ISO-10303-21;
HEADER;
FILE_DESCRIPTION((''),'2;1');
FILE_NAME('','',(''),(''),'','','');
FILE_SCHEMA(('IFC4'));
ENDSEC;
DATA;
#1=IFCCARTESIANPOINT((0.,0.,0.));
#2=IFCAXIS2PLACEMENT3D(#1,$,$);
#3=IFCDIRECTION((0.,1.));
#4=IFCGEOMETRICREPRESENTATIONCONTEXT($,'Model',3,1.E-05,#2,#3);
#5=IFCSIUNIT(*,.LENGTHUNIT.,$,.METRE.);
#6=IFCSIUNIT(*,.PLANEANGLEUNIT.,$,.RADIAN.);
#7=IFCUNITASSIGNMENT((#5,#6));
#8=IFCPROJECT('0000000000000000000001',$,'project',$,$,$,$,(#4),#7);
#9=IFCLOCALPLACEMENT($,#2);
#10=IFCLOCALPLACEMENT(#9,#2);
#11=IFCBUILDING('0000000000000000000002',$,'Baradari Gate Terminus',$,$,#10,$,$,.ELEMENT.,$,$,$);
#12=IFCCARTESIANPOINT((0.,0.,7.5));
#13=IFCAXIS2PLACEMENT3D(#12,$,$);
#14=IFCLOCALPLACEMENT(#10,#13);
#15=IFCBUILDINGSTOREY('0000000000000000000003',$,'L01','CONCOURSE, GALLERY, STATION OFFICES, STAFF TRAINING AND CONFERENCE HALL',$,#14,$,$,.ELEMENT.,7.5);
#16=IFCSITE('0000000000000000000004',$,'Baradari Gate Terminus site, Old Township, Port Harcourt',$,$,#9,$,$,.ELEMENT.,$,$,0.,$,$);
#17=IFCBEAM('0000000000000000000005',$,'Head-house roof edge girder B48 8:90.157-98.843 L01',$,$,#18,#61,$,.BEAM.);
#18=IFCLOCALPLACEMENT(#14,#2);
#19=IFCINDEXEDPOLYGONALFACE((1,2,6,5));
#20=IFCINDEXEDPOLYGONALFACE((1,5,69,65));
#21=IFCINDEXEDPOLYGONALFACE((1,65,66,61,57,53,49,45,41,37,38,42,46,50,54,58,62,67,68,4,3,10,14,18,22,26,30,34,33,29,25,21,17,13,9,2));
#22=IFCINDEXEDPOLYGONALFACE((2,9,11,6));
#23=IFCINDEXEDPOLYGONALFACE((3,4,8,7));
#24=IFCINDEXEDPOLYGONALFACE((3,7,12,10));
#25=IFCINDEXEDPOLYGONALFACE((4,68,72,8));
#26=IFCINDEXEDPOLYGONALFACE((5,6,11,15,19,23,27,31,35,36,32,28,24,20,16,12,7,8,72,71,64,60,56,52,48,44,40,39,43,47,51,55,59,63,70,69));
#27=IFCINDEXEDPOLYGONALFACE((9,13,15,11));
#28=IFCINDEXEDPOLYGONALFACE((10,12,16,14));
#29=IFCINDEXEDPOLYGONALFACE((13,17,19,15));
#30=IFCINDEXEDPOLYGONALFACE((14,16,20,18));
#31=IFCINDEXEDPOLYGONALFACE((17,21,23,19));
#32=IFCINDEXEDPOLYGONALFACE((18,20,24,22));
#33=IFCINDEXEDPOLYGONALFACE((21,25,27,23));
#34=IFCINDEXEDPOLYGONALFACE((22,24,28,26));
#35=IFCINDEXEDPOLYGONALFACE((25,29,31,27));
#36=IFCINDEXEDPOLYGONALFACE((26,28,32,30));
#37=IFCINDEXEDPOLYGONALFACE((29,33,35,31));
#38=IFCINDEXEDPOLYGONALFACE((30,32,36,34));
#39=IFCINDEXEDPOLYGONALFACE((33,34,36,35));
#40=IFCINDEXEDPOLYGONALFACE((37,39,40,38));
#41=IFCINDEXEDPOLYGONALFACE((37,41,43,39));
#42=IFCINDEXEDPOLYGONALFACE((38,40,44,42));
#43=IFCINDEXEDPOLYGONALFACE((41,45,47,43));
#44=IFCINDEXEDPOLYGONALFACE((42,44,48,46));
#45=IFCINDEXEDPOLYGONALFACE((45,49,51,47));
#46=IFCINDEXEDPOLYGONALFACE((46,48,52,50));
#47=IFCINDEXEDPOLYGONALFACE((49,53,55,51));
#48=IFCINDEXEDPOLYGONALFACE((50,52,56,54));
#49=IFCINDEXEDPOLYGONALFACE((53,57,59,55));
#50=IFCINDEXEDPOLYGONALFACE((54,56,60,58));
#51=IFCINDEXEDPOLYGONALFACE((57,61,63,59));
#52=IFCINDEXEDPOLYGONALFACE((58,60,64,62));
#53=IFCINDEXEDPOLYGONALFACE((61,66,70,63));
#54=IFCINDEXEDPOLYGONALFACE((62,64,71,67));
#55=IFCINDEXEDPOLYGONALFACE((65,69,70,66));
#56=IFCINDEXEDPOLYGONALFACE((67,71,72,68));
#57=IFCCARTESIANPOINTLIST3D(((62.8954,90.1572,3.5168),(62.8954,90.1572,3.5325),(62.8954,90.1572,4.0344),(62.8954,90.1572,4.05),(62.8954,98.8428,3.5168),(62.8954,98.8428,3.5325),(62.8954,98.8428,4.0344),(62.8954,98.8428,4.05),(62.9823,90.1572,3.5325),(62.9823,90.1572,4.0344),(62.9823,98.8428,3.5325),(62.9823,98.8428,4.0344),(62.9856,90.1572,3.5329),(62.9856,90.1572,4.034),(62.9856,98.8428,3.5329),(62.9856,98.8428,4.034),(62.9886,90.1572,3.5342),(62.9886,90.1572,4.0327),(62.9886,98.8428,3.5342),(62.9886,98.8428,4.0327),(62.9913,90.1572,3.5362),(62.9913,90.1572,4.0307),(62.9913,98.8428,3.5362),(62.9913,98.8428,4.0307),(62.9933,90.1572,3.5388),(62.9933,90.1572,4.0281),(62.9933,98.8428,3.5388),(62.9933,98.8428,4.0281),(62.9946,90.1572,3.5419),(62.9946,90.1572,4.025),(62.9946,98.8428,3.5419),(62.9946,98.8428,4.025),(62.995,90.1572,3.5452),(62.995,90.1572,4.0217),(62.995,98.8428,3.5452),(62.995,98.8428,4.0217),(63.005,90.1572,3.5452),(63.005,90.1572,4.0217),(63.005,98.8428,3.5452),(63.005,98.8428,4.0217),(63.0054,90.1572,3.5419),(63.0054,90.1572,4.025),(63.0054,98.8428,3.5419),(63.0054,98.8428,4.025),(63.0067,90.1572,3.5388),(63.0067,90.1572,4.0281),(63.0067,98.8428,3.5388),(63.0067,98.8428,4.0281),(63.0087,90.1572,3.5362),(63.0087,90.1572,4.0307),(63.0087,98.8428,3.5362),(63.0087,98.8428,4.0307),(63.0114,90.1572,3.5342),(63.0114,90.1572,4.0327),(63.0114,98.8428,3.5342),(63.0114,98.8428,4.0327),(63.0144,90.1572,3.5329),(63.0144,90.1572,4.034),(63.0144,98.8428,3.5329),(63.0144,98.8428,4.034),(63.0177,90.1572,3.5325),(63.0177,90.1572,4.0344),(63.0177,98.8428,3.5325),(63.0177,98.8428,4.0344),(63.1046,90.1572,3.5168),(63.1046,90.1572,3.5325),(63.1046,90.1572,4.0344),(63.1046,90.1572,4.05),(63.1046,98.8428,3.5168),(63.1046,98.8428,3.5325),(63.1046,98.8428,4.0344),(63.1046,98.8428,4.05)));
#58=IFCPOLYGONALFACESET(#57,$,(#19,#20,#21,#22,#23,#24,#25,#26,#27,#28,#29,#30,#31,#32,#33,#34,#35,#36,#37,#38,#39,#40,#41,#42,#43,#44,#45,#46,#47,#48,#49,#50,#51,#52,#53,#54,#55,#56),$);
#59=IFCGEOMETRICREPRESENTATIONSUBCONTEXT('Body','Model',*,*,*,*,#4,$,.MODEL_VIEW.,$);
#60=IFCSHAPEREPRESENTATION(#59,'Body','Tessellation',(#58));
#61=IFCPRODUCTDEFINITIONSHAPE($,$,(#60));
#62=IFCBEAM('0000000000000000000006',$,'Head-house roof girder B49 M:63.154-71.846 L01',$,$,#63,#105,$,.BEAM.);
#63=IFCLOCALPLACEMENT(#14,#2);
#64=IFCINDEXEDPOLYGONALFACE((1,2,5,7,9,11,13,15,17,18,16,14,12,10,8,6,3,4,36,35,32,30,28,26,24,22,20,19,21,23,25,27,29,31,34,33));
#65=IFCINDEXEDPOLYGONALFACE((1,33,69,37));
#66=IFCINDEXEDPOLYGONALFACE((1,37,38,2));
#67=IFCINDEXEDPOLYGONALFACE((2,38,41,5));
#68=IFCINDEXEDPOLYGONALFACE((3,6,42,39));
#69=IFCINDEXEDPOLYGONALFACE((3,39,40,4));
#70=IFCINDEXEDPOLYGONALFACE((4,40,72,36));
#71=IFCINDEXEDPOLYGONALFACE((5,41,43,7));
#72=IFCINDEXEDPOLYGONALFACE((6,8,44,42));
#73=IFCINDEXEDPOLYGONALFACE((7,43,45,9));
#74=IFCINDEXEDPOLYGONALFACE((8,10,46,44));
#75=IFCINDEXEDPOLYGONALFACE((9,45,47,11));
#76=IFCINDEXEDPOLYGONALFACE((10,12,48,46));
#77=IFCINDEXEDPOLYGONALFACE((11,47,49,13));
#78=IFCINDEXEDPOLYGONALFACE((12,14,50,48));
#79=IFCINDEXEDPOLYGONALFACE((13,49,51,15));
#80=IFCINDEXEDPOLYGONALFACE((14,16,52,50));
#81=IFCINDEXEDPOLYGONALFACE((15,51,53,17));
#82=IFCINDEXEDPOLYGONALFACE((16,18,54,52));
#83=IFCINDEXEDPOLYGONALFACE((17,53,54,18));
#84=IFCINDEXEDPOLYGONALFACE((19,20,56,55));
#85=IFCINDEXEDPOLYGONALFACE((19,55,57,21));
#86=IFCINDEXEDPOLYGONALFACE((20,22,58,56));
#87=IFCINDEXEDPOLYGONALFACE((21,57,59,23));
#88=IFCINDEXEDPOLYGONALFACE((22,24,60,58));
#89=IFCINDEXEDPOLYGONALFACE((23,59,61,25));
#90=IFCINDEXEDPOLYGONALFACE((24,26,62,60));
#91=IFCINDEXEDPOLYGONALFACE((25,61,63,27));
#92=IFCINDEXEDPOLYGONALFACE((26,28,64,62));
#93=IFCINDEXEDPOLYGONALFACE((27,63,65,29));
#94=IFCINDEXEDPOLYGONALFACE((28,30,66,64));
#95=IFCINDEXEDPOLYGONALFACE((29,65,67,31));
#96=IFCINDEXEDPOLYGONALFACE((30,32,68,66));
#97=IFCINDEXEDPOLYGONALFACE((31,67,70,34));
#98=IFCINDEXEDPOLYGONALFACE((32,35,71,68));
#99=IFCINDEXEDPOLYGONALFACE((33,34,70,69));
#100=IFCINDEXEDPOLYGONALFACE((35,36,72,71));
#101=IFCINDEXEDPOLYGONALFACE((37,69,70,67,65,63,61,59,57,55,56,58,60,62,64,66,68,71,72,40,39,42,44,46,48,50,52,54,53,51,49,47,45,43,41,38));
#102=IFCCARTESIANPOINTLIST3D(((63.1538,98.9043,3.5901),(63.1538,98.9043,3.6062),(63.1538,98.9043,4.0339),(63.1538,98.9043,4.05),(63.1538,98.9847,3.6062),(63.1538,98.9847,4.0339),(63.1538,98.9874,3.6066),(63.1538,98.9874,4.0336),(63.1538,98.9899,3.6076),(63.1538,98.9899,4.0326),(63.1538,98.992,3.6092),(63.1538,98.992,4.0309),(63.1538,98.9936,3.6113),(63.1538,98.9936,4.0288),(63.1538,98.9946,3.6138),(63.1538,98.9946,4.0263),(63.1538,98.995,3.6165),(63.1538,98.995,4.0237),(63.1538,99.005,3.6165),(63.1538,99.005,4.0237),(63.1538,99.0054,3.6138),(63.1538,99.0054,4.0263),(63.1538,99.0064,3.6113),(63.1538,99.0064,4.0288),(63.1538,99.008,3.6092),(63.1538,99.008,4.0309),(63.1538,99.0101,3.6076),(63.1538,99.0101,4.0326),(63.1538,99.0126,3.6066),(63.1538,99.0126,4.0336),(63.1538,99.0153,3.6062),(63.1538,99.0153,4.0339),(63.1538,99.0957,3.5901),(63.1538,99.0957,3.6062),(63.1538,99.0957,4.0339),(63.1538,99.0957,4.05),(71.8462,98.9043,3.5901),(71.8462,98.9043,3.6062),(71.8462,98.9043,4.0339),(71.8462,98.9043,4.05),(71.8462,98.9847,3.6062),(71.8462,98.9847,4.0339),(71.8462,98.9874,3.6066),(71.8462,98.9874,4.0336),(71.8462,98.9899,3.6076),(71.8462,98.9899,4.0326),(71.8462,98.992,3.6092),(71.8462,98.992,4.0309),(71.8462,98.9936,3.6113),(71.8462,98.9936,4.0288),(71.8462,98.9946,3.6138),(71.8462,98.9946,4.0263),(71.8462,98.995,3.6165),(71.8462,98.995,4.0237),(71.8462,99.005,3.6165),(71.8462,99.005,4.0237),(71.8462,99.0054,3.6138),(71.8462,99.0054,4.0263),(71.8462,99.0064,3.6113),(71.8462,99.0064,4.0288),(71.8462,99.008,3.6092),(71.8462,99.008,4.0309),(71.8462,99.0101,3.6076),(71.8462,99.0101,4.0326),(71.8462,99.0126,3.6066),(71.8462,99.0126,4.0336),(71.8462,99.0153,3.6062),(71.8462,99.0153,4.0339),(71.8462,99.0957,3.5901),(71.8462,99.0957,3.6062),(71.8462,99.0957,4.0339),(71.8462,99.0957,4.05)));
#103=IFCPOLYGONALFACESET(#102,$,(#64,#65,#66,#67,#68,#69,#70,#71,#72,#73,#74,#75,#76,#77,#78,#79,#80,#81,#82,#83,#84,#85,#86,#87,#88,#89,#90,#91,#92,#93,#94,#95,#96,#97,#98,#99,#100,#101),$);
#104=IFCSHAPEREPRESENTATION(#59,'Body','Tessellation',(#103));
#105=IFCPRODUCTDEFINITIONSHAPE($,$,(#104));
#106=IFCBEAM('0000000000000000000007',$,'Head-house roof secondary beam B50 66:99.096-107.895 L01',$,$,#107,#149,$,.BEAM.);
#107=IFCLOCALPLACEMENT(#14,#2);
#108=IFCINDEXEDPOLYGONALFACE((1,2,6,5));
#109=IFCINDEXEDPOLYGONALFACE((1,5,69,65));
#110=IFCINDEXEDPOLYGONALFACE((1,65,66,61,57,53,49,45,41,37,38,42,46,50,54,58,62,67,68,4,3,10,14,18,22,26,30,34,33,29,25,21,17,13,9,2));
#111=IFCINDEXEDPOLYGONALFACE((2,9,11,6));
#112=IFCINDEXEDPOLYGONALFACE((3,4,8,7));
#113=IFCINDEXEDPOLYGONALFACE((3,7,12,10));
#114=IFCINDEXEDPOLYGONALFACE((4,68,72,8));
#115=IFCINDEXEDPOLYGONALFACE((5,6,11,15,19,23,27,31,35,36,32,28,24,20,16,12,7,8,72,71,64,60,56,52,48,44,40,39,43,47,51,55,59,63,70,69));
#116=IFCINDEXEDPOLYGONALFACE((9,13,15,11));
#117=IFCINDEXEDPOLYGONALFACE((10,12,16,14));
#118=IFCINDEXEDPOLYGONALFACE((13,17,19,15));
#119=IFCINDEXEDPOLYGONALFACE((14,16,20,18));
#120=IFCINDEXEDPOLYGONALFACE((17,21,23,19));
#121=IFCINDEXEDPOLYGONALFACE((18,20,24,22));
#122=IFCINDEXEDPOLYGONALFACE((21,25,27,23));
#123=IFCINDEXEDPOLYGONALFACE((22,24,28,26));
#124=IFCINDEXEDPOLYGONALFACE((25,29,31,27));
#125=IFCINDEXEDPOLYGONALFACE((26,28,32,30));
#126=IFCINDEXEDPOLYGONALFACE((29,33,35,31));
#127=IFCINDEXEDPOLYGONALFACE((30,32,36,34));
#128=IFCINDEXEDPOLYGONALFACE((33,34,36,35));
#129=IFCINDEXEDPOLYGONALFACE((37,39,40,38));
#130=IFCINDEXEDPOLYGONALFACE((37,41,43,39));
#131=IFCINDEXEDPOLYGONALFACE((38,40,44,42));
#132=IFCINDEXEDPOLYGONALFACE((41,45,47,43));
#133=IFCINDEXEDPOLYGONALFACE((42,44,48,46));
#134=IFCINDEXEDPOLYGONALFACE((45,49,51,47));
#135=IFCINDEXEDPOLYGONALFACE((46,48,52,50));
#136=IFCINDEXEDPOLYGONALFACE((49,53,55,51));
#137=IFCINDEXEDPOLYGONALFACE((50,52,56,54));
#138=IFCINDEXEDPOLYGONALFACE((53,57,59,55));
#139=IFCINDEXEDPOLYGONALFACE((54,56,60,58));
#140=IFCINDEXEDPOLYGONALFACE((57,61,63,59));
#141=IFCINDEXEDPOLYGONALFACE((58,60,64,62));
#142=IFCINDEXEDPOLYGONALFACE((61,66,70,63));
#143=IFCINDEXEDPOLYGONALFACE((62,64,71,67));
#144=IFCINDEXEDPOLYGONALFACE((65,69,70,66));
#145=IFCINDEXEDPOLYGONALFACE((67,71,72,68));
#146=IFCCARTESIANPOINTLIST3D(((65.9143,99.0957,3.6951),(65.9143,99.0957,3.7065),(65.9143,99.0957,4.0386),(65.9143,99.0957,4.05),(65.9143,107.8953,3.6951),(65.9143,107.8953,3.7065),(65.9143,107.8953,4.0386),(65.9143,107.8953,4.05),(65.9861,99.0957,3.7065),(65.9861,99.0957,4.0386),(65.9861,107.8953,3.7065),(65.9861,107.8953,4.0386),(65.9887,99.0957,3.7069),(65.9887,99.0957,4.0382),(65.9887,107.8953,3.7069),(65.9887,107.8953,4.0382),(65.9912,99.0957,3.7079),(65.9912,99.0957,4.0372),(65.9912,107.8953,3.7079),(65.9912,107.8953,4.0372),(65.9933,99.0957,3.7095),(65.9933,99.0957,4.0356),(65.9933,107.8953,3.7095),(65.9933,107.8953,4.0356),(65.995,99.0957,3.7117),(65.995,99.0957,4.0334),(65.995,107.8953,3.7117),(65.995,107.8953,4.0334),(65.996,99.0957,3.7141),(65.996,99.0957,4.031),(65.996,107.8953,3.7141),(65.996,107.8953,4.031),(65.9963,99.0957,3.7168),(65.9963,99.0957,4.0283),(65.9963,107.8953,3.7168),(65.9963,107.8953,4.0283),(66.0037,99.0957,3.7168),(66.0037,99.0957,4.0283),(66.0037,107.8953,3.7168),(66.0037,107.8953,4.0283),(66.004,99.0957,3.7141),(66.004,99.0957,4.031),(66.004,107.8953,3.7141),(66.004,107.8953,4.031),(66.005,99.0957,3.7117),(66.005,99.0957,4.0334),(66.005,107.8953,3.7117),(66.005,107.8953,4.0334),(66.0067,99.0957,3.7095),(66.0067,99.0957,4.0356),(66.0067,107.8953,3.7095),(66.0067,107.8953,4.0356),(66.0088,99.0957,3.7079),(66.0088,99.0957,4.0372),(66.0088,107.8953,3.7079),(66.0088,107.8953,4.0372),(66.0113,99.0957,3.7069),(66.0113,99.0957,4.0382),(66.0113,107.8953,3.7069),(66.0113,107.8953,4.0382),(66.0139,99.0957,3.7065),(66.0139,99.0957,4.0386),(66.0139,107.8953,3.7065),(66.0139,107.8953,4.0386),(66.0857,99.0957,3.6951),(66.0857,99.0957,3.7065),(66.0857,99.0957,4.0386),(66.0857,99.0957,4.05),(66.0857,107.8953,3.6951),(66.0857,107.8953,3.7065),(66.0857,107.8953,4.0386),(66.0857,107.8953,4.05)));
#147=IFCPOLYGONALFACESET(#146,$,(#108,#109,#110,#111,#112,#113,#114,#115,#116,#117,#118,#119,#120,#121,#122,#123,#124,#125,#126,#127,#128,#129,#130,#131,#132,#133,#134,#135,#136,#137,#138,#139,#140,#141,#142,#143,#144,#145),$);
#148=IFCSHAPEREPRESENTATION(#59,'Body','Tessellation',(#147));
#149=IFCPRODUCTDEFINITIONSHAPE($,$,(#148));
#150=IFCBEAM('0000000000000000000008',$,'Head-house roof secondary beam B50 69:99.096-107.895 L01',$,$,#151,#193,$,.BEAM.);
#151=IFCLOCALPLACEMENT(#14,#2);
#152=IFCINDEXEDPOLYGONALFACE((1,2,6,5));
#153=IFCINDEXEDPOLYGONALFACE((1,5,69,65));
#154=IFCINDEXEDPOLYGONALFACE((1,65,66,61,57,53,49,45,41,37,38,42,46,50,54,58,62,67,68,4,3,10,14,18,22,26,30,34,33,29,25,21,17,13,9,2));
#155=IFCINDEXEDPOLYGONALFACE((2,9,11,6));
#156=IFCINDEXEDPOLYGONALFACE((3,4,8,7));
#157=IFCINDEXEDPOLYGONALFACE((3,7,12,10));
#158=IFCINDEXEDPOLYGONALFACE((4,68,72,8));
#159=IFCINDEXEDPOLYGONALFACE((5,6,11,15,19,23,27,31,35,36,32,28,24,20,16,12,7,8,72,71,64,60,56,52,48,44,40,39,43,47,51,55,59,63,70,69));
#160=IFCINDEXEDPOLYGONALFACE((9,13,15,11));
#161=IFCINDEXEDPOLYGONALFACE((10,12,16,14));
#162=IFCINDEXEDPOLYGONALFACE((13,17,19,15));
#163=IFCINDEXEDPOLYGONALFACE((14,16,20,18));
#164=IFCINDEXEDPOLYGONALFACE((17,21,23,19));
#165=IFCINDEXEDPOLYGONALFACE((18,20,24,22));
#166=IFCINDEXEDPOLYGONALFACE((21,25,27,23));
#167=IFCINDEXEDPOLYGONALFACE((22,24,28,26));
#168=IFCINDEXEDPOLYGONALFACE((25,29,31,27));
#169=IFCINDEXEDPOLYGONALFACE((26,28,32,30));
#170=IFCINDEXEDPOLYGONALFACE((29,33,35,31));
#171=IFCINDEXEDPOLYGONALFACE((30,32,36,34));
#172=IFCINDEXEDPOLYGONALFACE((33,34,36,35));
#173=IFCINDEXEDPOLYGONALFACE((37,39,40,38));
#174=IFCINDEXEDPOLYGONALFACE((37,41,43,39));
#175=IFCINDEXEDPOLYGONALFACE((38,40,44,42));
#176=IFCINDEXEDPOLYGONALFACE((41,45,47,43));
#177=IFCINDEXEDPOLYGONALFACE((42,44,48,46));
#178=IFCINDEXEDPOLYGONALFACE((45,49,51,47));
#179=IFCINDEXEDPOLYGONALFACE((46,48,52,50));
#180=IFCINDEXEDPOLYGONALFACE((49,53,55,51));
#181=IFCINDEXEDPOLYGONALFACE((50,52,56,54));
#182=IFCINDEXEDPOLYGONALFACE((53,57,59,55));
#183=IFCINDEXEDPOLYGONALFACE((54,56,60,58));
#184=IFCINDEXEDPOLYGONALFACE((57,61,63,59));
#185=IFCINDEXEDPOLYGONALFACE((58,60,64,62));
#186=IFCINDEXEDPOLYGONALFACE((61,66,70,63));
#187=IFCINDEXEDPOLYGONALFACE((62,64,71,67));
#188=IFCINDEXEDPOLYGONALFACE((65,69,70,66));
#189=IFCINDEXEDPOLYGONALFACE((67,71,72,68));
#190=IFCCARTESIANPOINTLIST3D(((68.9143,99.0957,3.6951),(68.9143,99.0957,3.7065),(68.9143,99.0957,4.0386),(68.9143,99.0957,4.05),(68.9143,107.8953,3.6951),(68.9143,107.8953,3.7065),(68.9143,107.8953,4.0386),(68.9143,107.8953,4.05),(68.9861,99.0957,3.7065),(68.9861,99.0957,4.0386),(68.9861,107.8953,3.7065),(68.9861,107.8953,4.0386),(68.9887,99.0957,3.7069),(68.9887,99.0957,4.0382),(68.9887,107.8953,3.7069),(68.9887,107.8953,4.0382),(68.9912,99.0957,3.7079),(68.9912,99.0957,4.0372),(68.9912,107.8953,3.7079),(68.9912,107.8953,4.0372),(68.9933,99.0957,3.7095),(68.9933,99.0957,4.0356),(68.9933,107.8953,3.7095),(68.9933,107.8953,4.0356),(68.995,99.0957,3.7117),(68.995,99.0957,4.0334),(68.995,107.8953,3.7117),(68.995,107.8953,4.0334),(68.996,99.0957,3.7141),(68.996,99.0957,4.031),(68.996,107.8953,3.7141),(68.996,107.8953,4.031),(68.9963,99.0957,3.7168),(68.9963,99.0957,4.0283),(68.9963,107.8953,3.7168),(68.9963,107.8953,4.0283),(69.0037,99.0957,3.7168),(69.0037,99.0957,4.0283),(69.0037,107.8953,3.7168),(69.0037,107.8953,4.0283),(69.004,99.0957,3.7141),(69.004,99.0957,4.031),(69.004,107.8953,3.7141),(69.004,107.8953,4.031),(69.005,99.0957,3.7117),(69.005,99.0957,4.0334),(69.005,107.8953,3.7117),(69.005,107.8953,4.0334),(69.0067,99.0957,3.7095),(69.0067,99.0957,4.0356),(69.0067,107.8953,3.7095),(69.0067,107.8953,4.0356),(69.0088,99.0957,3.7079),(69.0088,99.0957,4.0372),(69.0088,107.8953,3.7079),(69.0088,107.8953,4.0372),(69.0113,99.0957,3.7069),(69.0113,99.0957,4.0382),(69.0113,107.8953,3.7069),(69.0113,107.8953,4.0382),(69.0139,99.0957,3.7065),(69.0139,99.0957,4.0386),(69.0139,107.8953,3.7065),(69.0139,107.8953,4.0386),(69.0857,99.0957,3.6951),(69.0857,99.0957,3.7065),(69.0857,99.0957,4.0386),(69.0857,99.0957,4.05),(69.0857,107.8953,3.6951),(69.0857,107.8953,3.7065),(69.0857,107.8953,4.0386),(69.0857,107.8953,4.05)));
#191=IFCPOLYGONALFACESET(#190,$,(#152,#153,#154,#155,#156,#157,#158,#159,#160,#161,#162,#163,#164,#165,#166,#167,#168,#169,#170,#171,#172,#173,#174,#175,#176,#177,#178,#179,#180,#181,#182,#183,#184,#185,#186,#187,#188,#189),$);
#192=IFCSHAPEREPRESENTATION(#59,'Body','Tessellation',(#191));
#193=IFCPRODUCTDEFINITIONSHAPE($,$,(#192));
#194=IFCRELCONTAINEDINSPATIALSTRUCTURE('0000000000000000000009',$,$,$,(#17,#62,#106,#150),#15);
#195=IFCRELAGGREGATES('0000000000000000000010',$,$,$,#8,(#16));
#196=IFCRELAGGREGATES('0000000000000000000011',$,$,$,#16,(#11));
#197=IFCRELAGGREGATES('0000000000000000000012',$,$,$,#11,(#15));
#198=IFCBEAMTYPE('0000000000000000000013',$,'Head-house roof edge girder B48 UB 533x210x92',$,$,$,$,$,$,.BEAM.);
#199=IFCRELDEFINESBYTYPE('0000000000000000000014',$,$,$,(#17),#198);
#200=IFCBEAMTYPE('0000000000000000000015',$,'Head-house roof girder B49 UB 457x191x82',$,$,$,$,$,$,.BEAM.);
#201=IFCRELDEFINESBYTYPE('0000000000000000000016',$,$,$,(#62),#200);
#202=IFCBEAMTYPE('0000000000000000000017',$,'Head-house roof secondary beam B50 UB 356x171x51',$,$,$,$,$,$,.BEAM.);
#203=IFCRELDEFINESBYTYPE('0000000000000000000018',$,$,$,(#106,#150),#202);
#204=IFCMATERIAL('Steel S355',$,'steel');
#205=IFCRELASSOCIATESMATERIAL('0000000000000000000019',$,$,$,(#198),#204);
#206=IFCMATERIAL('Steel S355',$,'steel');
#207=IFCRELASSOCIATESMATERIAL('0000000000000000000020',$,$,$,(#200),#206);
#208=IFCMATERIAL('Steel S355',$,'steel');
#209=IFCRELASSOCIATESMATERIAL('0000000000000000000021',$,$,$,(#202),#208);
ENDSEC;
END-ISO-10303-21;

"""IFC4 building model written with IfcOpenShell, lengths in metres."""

from ifc_helpers import new_model, si_unit, direction, frame, origin, origin_2d, place, context, subcontext, project, spatial, i_section, extrude, material, material_profile, profile_set, type_object, element, save


model = new_model("IFC4")

# Units and contexts
model_context = context("Model", 3, precision=1e-05, world=origin(), true_north=direction((0.0, 1.0)))
body_context = subcontext(model_context, "Body", "Model", "MODEL_VIEW")
ifc_project = project(units=[si_unit("LENGTHUNIT", "METRE"), si_unit("PLANEANGLEUNIT", "RADIAN")], contexts=[model_context])

# Site, building, storey
site_placement = place(None, origin())
site = spatial("IfcSite", under=ifc_project, at=site_placement, Name="Baradari Gate Terminus site, Old Township, Port Harcourt", CompositionType="ELEMENT", RefElevation=0.0)
building_placement = place(site_placement, origin())
building = spatial("IfcBuilding", under=site, at=building_placement, Name="Baradari Gate Terminus", CompositionType="ELEMENT")
storey_placement = place(building_placement, frame((0.0, 0.0, 7.5)))
storey = spatial("IfcBuildingStorey", under=building, at=storey_placement, Name="L01", Description="CONCOURSE, GALLERY, STATION OFFICES, STAFF TRAINING AND CONFERENCE HALL", CompositionType="ELEMENT", Elevation=7.5)

# Beams
ifc_material_1 = material(Name="Steel S355", Category="steel")
ifc_material_profile_1 = material_profile(ifc_material_1, i_section(OverallWidth=0.2092, OverallDepth=0.5332, WebThickness=0.01, FlangeThickness=0.0156, FilletRadius=0.0127, at=origin_2d()), Name="UB 533x210x92")
ifc_profile_set_1 = profile_set([ifc_material_profile_1], Name="Steel S355")
beam_type_1 = type_object("IfcBeamType", Name="Head-house roof edge girder B48 UB 533x210x92", PredefinedType="BEAM", material=ifc_profile_set_1)
beam_1_placement = place(storey_placement, frame((63.0, 90.1572, 3.7834), z_axis=(0.0, 1.0, 0.0), x_axis=(-1.0, 0.0, 0.0)))
element("IfcBeam", 1, at=beam_1_placement, inside=storey, type_object=beam_type_1, Name="Head-house roof edge girder B48 8:90.157-98.843 L01", PredefinedType="BEAM", context=body_context, shape_type="SweptSolid", body=[
    extrude(i_section(OverallWidth=0.2092, OverallDepth=0.5332, WebThickness=0.01, FlangeThickness=0.0156, FilletRadius=0.0127, at=origin_2d()), origin(), (0.0, 0.0, 1.0), 8.6855),
])
ifc_material_2 = material(Name="Steel S355", Category="steel")
ifc_material_profile_2 = material_profile(ifc_material_2, i_section(OverallWidth=0.1914, OverallDepth=0.46, WebThickness=0.01, FlangeThickness=0.0161, FilletRadius=0.0103, at=origin_2d()), Name="UB 457x191x82")
ifc_profile_set_2 = profile_set([ifc_material_profile_2], Name="Steel S355")
beam_type_2 = type_object("IfcBeamType", Name="Head-house roof girder B49 UB 457x191x82", PredefinedType="BEAM", material=ifc_profile_set_2)
beam_2_placement = place(storey_placement, frame((63.1538, 99.0, 3.8201), z_axis=(1.0, 0.0, 0.0), x_axis=(0.0, 1.0, 0.0)))
element("IfcBeam", 2, at=beam_2_placement, inside=storey, type_object=beam_type_2, Name="Head-house roof girder B49 M:63.154-71.846 L01", PredefinedType="BEAM", context=body_context, shape_type="SweptSolid", body=[
    extrude(i_section(OverallWidth=0.1914, OverallDepth=0.46, WebThickness=0.01, FlangeThickness=0.0161, FilletRadius=0.0103, at=origin_2d()), origin(), (0.0, 0.0, 1.0), 8.6924),
])
ifc_material_3 = material(Name="Steel S355", Category="steel")
ifc_material_profile_3 = material_profile(ifc_material_3, i_section(OverallWidth=0.1714, OverallDepth=0.355, WebThickness=0.0073, FlangeThickness=0.0115, FilletRadius=0.0103, at=origin_2d()), Name="UB 356x171x51")
ifc_profile_set_3 = profile_set([ifc_material_profile_3], Name="Steel S355")
beam_type_3 = type_object("IfcBeamType", Name="Head-house roof secondary beam B50 UB 356x171x51", PredefinedType="BEAM", material=ifc_profile_set_3)
for number, where, z_axis, x_axis, name in (
    (3, (66.0, 99.0957, 3.8726), (0.0, 1.0, 0.0), (-1.0, 0.0, 0.0), "Head-house roof secondary beam B50 66:99.096-107.895 L01"),
    (4, (69.0, 99.0957, 3.8726), (0.0, 1.0, 0.0), (-1.0, 0.0, 0.0), "Head-house roof secondary beam B50 69:99.096-107.895 L01"),
):
    element("IfcBeam", number, at=place(storey_placement, frame(where, z_axis=z_axis, x_axis=x_axis)), inside=storey, type_object=beam_type_3, Name=name, PredefinedType="BEAM", context=body_context, shape_type="SweptSolid", body=[
        extrude(i_section(OverallWidth=0.1714, OverallDepth=0.355, WebThickness=0.0073, FlangeThickness=0.0115, FilletRadius=0.0103, at=origin_2d()), origin(), (0.0, 0.0, 1.0), 8.7996),
    ])

save(model, "model.ifc")
